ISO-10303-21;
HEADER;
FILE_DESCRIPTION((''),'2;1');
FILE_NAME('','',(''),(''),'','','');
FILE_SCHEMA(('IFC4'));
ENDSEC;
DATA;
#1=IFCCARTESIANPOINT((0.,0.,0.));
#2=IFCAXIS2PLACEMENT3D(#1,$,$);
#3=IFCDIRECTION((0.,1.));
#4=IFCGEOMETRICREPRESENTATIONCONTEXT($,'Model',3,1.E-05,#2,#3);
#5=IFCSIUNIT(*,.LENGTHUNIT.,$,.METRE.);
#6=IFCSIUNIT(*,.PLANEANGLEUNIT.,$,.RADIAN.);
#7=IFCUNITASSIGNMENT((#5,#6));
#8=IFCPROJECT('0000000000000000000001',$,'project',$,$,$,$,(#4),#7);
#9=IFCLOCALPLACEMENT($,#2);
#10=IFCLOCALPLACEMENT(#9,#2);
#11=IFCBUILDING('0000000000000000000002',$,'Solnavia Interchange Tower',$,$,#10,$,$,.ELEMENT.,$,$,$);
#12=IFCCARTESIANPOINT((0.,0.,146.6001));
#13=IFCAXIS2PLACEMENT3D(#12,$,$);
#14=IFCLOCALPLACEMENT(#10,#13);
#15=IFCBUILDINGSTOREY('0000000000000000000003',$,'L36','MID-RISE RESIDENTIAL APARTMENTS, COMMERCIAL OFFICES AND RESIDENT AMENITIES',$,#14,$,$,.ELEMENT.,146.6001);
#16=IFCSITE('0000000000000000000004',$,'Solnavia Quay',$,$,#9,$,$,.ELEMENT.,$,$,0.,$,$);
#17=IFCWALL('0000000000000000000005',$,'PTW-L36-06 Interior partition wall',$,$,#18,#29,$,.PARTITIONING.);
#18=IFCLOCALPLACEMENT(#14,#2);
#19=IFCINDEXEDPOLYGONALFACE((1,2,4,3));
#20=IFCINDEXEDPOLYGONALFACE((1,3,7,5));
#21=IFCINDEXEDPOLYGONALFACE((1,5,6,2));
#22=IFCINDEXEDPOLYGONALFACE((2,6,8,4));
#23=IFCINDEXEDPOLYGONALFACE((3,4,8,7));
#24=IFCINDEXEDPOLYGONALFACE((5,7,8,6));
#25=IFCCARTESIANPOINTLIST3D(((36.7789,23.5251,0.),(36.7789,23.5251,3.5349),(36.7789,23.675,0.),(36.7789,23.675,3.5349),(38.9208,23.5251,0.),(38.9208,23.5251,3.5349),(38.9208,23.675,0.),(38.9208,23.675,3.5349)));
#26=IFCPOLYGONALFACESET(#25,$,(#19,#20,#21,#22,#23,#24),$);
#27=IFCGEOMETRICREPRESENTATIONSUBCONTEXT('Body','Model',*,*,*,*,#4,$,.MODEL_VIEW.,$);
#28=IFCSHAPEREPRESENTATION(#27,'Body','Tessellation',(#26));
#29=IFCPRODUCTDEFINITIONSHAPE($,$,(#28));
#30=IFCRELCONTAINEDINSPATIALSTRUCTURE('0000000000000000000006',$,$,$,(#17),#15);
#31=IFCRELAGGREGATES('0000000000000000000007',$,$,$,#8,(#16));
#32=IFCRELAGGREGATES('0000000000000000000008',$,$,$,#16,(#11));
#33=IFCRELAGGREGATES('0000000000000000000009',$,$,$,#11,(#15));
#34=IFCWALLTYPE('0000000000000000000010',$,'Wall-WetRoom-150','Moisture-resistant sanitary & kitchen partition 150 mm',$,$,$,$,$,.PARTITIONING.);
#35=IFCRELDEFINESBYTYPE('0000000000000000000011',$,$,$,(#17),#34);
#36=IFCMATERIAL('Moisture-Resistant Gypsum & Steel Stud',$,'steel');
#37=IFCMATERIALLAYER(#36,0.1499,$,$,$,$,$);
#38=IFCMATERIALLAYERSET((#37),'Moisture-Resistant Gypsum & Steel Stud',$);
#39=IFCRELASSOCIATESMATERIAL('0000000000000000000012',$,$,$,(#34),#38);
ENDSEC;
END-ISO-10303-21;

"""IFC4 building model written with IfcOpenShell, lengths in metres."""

from ifc_helpers import new_model, si_unit, direction, frame, frame_2d, origin, place, context, subcontext, project, spatial, rectangle, extrude, material, layer, layer_set, type_object, element, save


model = new_model("IFC4")

# Units and contexts
model_context = context("Model", 3, precision=1e-05, world=origin(), true_north=direction((0.0, 1.0)))
body_context = subcontext(model_context, "Body", "Model", "MODEL_VIEW")
ifc_project = project(units=[si_unit("LENGTHUNIT", "METRE"), si_unit("PLANEANGLEUNIT", "RADIAN")], contexts=[model_context])

# Site, building, storey
site_placement = place(None, origin())
site = spatial("IfcSite", under=ifc_project, at=site_placement, Name="Solnavia Quay", CompositionType="ELEMENT", RefElevation=0.0)
building_placement = place(site_placement, origin())
building = spatial("IfcBuilding", under=site, at=building_placement, Name="Solnavia Interchange Tower", CompositionType="ELEMENT")
storey_placement = place(building_placement, frame((0.0, 0.0, 146.6001)))
storey = spatial("IfcBuildingStorey", under=building, at=storey_placement, Name="L36", Description="MID-RISE RESIDENTIAL APARTMENTS, COMMERCIAL OFFICES AND RESIDENT AMENITIES", CompositionType="ELEMENT", Elevation=146.6001)

# Shared definitions
ifc_material_1 = material(Name="Moisture-Resistant Gypsum & Steel Stud", Category="steel")
ifc_layer_1 = layer(ifc_material_1, 0.1499)
ifc_layer_set_1 = layer_set([ifc_layer_1], Name="Moisture-Resistant Gypsum & Steel Stud")
wall_type_1 = type_object("IfcWallType", Name="Wall-WetRoom-150", Description="Moisture-resistant sanitary & kitchen partition 150 mm", PredefinedType="PARTITIONING", material=ifc_layer_set_1)

# Wall
wall_1_placement = place(storey_placement, frame((36.7791, 23.6001, 0.0), z_axis=(0.0, 0.0, 1.0), x_axis=(1.0, 0.0, 0.0)))
element("IfcWall", 1, at=wall_1_placement, inside=storey, type_object=wall_type_1, Name="PTW-L36-06 Interior partition wall", PredefinedType="PARTITIONING", context=body_context, shape_type="SweptSolid", body=[
    extrude(rectangle(XDim=2.1418, YDim=0.1499, at=frame_2d((1.0708, 0.0))), origin(), (0.0, 0.0, 1.0), 3.5349),
])

save(model, "model.ifc")
